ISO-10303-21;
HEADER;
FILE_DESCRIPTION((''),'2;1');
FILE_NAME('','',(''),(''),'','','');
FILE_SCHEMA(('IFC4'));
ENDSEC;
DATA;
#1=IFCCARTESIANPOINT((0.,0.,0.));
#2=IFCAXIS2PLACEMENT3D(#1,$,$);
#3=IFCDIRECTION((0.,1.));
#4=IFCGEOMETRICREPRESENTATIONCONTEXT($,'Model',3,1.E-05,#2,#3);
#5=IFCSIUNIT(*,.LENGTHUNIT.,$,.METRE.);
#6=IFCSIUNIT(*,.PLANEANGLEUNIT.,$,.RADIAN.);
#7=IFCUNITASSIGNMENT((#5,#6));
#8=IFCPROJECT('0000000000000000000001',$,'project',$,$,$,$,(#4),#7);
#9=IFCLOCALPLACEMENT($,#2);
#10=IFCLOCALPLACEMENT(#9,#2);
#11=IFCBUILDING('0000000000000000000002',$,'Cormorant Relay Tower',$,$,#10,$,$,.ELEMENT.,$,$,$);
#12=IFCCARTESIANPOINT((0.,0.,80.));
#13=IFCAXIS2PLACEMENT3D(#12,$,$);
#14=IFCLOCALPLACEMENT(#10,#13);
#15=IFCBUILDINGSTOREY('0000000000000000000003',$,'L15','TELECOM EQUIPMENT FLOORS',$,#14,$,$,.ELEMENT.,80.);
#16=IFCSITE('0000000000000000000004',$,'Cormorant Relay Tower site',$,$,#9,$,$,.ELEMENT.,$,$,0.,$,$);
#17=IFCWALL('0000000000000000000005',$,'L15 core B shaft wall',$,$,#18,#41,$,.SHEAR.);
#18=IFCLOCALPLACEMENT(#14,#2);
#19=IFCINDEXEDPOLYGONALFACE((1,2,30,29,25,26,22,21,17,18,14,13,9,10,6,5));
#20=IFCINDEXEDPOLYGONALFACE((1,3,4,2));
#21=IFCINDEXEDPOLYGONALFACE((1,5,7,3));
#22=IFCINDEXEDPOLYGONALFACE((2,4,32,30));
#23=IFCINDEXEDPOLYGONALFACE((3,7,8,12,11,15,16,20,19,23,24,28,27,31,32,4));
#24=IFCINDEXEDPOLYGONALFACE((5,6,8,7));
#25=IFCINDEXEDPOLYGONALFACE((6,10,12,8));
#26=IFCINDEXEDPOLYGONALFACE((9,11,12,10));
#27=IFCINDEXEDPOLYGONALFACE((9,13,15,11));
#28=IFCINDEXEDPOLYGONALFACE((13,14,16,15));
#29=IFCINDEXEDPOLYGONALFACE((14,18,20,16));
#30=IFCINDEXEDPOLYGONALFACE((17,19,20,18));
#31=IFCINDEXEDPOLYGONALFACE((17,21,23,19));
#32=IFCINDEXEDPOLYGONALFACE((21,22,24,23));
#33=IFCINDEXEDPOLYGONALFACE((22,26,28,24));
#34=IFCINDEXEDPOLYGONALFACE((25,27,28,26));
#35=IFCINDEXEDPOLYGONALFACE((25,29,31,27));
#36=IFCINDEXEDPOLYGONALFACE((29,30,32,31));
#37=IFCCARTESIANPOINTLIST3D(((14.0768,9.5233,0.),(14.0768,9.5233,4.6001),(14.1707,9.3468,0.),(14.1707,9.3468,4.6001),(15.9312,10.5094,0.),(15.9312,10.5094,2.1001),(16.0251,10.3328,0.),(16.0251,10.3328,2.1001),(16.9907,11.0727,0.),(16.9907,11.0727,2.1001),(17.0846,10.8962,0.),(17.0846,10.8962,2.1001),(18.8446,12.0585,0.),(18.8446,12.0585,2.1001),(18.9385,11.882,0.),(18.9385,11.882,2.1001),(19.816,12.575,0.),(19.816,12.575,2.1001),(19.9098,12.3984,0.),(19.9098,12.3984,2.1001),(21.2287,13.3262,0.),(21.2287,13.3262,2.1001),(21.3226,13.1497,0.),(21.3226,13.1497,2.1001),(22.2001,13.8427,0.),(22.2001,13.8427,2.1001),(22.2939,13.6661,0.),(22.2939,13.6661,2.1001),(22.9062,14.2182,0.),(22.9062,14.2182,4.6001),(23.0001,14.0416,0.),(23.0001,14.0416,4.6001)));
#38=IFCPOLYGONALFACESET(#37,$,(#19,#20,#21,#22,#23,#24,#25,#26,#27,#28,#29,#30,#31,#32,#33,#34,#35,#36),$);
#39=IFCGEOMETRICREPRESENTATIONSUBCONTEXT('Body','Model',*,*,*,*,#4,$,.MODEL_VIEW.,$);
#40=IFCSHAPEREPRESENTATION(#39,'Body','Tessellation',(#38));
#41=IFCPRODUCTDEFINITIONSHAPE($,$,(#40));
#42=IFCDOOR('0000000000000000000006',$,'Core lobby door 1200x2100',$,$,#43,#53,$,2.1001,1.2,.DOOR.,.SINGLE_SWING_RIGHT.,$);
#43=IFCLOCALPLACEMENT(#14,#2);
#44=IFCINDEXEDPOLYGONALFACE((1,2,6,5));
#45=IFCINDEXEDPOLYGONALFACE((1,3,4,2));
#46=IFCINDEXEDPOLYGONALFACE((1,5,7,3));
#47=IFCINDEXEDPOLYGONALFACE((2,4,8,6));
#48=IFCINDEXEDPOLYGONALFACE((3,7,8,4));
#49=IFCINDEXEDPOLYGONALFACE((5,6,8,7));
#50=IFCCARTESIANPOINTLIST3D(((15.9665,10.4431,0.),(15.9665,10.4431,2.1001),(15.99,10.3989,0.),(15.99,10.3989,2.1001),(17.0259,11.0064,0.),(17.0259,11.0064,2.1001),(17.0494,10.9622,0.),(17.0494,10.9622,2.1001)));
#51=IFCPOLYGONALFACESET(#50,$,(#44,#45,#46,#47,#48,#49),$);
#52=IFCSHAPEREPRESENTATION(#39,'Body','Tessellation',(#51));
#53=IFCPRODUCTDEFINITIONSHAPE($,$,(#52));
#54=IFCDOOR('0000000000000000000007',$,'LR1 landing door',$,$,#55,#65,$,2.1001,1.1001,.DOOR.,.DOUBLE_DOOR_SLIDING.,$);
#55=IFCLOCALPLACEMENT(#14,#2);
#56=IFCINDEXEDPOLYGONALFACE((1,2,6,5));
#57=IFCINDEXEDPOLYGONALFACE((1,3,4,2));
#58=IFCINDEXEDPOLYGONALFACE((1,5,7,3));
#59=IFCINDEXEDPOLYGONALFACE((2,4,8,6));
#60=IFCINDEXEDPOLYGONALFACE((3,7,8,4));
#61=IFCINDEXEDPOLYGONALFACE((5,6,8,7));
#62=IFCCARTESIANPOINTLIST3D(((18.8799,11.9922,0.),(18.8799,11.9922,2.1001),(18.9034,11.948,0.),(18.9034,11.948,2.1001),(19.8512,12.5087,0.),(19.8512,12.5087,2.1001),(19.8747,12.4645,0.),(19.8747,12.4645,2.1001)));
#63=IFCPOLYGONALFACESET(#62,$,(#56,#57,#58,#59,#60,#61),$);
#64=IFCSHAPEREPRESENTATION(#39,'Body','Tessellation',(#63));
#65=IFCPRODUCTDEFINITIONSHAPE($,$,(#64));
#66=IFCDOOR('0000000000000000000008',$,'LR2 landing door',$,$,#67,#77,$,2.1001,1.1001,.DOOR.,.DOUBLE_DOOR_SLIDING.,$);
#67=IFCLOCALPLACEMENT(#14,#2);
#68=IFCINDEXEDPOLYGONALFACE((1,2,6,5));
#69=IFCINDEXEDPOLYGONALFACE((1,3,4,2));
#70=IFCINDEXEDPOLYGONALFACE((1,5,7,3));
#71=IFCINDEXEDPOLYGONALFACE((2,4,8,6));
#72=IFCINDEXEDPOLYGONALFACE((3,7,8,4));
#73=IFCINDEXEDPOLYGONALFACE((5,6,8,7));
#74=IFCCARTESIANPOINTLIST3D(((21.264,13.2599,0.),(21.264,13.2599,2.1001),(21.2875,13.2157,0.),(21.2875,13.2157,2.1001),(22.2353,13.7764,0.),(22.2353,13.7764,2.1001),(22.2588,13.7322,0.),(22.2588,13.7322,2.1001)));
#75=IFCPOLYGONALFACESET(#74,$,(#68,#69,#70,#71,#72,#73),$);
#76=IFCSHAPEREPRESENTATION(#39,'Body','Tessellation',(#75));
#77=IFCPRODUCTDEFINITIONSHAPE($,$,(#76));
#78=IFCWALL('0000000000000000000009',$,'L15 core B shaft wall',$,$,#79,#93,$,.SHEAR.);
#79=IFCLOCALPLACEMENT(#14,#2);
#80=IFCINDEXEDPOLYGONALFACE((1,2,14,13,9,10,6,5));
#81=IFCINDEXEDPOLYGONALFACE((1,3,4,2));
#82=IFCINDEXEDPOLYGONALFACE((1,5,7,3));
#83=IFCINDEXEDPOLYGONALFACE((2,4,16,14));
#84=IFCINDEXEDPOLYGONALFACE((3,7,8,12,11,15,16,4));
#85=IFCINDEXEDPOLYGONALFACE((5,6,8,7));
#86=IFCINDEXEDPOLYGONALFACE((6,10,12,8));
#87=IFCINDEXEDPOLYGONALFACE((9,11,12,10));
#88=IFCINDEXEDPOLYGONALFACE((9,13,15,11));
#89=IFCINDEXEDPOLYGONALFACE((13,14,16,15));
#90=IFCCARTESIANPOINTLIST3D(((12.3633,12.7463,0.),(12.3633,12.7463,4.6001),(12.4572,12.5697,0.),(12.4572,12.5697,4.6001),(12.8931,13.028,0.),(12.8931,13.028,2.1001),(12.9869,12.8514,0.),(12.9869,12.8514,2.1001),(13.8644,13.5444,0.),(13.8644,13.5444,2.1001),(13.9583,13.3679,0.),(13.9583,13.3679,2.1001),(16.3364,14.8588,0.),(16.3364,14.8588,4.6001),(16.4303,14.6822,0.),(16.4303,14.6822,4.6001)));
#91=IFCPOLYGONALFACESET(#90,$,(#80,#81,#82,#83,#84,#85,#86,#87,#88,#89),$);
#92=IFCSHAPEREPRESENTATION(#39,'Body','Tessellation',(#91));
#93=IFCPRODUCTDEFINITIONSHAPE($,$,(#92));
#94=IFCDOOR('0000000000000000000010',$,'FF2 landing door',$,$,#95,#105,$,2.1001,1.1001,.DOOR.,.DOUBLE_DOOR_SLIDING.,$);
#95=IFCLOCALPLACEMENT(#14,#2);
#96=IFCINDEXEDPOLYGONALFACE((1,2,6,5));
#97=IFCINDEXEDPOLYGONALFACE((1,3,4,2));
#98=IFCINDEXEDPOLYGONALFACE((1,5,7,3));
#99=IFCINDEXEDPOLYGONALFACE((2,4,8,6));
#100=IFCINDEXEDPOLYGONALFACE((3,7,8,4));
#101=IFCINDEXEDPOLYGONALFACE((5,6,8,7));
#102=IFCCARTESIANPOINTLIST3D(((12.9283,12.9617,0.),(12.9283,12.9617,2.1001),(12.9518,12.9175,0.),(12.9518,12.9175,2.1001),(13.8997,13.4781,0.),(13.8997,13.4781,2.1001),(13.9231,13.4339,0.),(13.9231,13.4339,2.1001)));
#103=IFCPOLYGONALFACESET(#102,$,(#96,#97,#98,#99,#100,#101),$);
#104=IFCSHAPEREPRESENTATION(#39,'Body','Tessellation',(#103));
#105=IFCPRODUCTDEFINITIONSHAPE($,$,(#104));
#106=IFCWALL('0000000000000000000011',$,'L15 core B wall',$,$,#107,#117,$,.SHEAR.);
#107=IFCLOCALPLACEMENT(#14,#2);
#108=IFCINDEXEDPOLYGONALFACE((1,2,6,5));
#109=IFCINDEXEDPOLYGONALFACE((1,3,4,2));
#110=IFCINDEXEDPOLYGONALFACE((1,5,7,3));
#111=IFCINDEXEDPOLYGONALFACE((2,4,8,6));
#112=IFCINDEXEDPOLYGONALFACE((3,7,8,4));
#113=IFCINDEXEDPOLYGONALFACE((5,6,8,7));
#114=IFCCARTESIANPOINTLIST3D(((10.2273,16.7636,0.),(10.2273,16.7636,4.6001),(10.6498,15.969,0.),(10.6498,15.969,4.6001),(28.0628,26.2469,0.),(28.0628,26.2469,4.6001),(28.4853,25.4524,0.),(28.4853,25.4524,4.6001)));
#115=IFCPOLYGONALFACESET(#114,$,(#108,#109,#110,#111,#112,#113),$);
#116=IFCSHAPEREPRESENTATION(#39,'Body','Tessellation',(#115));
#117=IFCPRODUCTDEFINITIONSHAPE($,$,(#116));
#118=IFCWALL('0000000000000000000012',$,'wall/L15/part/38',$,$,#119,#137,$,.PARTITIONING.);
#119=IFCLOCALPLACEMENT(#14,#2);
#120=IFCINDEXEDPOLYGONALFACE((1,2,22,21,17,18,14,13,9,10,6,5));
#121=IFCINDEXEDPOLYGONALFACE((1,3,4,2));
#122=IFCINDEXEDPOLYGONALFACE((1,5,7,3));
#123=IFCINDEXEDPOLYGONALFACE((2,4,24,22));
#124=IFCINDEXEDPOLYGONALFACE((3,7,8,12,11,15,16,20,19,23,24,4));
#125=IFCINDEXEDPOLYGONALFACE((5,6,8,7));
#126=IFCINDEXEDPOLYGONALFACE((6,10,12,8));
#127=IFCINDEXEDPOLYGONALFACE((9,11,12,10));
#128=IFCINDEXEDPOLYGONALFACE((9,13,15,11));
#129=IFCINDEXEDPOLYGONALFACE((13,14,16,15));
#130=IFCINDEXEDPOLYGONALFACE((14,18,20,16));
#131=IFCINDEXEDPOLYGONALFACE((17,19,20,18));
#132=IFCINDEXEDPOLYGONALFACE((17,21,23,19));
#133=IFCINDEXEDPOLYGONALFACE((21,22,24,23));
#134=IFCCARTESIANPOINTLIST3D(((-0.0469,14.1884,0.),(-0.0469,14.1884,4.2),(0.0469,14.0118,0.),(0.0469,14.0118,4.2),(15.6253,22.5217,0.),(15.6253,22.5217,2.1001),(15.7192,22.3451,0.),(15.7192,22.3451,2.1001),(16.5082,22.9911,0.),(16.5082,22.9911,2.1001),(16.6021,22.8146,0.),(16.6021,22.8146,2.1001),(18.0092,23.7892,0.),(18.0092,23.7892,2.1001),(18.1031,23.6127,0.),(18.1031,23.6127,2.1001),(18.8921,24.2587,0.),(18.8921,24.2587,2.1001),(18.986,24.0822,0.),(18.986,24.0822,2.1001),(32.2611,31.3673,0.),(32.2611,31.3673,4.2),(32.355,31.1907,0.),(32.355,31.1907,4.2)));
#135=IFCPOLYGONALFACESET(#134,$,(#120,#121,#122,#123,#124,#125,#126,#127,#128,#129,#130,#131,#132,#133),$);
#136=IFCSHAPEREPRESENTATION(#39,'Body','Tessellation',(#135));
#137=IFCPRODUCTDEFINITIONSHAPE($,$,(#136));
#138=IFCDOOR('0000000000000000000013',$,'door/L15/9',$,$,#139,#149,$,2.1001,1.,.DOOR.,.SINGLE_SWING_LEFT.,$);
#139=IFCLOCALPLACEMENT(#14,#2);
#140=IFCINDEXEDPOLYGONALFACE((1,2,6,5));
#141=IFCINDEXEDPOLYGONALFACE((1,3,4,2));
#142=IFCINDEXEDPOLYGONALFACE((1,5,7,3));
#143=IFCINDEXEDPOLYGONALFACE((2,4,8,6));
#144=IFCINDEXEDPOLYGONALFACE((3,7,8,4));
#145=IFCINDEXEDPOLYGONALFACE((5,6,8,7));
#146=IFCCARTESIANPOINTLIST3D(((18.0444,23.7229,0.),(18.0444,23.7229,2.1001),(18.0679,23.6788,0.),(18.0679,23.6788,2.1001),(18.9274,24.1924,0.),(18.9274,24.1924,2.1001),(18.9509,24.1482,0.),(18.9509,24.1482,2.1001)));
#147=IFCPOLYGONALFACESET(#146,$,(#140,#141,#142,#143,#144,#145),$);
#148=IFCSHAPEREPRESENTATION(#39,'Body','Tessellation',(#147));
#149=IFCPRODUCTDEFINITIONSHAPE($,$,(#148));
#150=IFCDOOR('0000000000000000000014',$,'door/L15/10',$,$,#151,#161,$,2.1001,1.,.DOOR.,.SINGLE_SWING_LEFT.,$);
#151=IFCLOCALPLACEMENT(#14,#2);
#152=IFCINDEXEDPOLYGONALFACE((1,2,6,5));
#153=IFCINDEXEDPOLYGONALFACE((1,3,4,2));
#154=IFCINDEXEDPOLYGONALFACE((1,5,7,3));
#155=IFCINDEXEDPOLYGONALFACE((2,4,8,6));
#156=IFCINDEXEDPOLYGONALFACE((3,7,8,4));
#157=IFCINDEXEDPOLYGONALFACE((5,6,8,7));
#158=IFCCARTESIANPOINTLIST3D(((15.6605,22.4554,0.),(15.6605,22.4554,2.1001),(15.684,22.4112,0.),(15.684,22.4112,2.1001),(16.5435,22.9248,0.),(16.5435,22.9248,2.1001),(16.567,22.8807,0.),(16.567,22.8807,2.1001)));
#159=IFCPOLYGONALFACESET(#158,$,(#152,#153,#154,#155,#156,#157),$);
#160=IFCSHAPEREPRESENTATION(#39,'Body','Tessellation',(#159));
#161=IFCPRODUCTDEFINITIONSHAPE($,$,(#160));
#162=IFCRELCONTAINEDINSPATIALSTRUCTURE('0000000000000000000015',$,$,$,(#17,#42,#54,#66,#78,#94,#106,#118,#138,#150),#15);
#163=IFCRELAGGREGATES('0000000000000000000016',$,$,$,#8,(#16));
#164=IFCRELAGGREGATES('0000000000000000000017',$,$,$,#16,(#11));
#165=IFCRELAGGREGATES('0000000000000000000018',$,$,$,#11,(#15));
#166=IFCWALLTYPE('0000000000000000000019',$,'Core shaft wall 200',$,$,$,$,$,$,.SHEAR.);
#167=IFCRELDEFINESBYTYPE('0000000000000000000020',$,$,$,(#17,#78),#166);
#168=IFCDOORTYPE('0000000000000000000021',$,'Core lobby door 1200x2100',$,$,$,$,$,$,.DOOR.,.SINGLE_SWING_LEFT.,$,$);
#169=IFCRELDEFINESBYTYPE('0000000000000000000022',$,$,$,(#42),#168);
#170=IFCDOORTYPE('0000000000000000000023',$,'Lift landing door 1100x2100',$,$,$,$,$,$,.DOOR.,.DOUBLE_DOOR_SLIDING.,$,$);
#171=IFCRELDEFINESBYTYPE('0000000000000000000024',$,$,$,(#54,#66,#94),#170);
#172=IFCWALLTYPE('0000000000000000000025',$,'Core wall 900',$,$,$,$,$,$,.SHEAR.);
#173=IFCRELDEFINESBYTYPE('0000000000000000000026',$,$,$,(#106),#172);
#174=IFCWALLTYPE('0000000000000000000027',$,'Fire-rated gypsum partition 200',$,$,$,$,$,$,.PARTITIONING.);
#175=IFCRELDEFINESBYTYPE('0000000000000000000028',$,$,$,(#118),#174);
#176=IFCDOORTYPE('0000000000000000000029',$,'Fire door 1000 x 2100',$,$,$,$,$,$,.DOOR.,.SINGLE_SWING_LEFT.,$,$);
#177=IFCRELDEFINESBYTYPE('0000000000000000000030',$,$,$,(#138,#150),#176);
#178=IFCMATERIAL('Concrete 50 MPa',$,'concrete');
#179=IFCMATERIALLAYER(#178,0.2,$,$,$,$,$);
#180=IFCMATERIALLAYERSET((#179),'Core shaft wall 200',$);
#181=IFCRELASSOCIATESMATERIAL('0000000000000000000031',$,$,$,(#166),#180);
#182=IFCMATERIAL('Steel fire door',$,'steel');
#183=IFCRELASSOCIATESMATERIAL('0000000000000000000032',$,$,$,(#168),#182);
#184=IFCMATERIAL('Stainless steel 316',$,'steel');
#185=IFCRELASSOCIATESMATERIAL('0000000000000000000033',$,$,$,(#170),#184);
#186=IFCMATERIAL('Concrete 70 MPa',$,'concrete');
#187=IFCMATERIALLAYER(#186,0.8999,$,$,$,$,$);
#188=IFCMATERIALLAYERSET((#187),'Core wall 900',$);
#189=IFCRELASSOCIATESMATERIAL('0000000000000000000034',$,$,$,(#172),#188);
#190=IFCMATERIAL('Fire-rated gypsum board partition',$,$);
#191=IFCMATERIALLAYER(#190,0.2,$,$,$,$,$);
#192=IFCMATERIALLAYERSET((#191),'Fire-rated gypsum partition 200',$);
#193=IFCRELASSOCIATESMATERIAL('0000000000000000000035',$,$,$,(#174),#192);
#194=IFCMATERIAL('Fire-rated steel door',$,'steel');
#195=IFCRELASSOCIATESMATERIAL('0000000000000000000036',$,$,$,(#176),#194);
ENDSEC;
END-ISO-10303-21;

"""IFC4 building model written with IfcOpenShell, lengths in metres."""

from ifc_helpers import new_model, si_unit, direction, frame, frame_2d, origin, place, context, subcontext, project, spatial, rectangle, extrude, material, layer, layer_set, type_object, element, fill, save


model = new_model("IFC4")

# Units and contexts
model_context = context("Model", 3, precision=1e-05, world=origin(), true_north=direction((0.0, 1.0)))
body_context = subcontext(model_context, "Body", "Model", "MODEL_VIEW")
ifc_project = project(units=[si_unit("LENGTHUNIT", "METRE"), si_unit("PLANEANGLEUNIT", "RADIAN")], contexts=[model_context])

# Site, building, storey
site_placement = place(None, origin())
site = spatial("IfcSite", under=ifc_project, at=site_placement, Name="Cormorant Relay Tower site", CompositionType="ELEMENT", RefElevation=0.0)
building_placement = place(site_placement, origin())
building = spatial("IfcBuilding", under=site, at=building_placement, Name="Cormorant Relay Tower", CompositionType="ELEMENT")
storey_placement = place(building_placement, frame((0.0, 0.0, 80.0)))
storey = spatial("IfcBuildingStorey", under=building, at=storey_placement, Name="L15", Description="TELECOM EQUIPMENT FLOORS", CompositionType="ELEMENT", Elevation=80.0)

# Shared definitions
ifc_material_1 = material(Name="Concrete 50 MPa", Category="concrete")
ifc_layer_1 = layer(ifc_material_1, 0.2)
ifc_layer_set_1 = layer_set([ifc_layer_1], Name="Core shaft wall 200")
wall_type_1 = type_object("IfcWallType", Name="Core shaft wall 200", PredefinedType="SHEAR", material=ifc_layer_set_1)

# Wall, openings, doors
wall_1_placement = place(storey_placement, frame((14.1238, 9.4351, 0.0), z_axis=(0.0, 0.0, 1.0), x_axis=(0.88294, 0.469485, 0.0)))
wall_1 = element("IfcWall", 1, at=wall_1_placement, inside=storey, type_object=wall_type_1, Name="L15 core B shaft wall", PredefinedType="SHEAR", context=body_context, shape_type="SweptSolid", body=[
    extrude(rectangle(XDim=10.0, YDim=0.2, at=frame_2d((5.0, 0.0))), origin(), (0.0, 0.0, 1.0), 4.6001),
])
opening_1_placement = place(wall_1_placement, frame((2.1001, 0.0, 0.0)))
opening_1 = element("IfcOpeningElement", 2, at=opening_1_placement, cuts=wall_1, PredefinedType="OPENING", context=body_context, shape_type="SweptSolid", body=[
    extrude(rectangle(XDim=1.2, YDim=2.1001, at=frame_2d((0.6001, 1.05))), frame((0.0, 0.1099, 0.0), z_axis=(0.0, -1.0, 0.0), x_axis=(1.0, 0.0, 0.0)), (0.0, 0.0, 1.0), 0.22),
])
opening_2_placement = place(wall_1_placement, frame((5.3999, 0.0, 0.0)))
opening_2 = element("IfcOpeningElement", 3, at=opening_2_placement, cuts=wall_1, PredefinedType="OPENING", context=body_context, shape_type="SweptSolid", body=[
    extrude(rectangle(XDim=1.1001, YDim=2.1001, at=frame_2d((0.55, 1.05))), frame((0.0, 0.1099, 0.0), z_axis=(0.0, -1.0, 0.0), x_axis=(1.0, 0.0, 0.0)), (0.0, 0.0, 1.0), 0.22),
])
opening_3_placement = place(wall_1_placement, frame((8.1001, 0.0, 0.0)))
opening_3 = element("IfcOpeningElement", 4, at=opening_3_placement, cuts=wall_1, PredefinedType="OPENING", context=body_context, shape_type="SweptSolid", body=[
    extrude(rectangle(XDim=1.1001, YDim=2.1001, at=frame_2d((0.55, 1.05))), frame((0.0, 0.1099, 0.0), z_axis=(0.0, -1.0, 0.0), x_axis=(1.0, 0.0, 0.0)), (0.0, 0.0, 1.0), 0.22),
])
ifc_material_2 = material(Name="Steel fire door", Category="steel")
door_type_1 = type_object("IfcDoorType", Name="Core lobby door 1200x2100", OperationType="SINGLE_SWING_LEFT", PredefinedType="DOOR", material=ifc_material_2)
door_1_placement = place(opening_1_placement, origin())
door_1 = element("IfcDoor", 5, at=door_1_placement, inside=storey, type_object=door_type_1, Name="Core lobby door 1200x2100", OperationType="SINGLE_SWING_RIGHT", OverallHeight=2.1001, OverallWidth=1.2, PredefinedType="DOOR", context=body_context, shape_type="SweptSolid", body=[
    extrude(rectangle(XDim=1.2, YDim=2.1001, at=frame_2d((0.6001, 1.05))), frame((0.0, 0.0249, 0.0), z_axis=(0.0, -1.0, 0.0), x_axis=(1.0, 0.0, 0.0)), (0.0, 0.0, 1.0), 0.05),
])
fill(opening_1, door_1)
ifc_material_3 = material(Name="Stainless steel 316", Category="steel")
door_type_2 = type_object("IfcDoorType", Name="Lift landing door 1100x2100", OperationType="DOUBLE_DOOR_SLIDING", PredefinedType="DOOR", material=ifc_material_3)
door_2_placement = place(opening_2_placement, origin())
door_2 = element("IfcDoor", 6, at=door_2_placement, inside=storey, type_object=door_type_2, Name="LR1 landing door", OperationType="DOUBLE_DOOR_SLIDING", OverallHeight=2.1001, OverallWidth=1.1001, PredefinedType="DOOR", context=body_context, shape_type="SweptSolid", body=[
    extrude(rectangle(XDim=1.1001, YDim=2.1001, at=frame_2d((0.55, 1.05))), frame((0.0, 0.0249, 0.0), z_axis=(0.0, -1.0, 0.0), x_axis=(1.0, 0.0, 0.0)), (0.0, 0.0, 1.0), 0.05),
])
fill(opening_2, door_2)
door_3_placement = place(opening_3_placement, origin())
door_3 = element("IfcDoor", 7, at=door_3_placement, inside=storey, type_object=door_type_2, Name="LR2 landing door", OperationType="DOUBLE_DOOR_SLIDING", OverallHeight=2.1001, OverallWidth=1.1001, PredefinedType="DOOR", context=body_context, shape_type="SweptSolid", body=[
    extrude(rectangle(XDim=1.1001, YDim=2.1001, at=frame_2d((0.55, 1.05))), frame((0.0, 0.0249, 0.0), z_axis=(0.0, -1.0, 0.0), x_axis=(1.0, 0.0, 0.0)), (0.0, 0.0, 1.0), 0.05),
])
fill(opening_3, door_3)

# Wall, opening, door
wall_2_placement = place(storey_placement, frame((12.4102, 12.658, 0.0), z_axis=(0.0, 0.0, 1.0), x_axis=(0.882948, 0.46947, 0.0)))
wall_2 = element("IfcWall", 8, at=wall_2_placement, inside=storey, type_object=wall_type_1, Name="L15 core B shaft wall", PredefinedType="SHEAR", context=body_context, shape_type="SweptSolid", body=[
    extrude(rectangle(XDim=4.4998, YDim=0.2, at=frame_2d((2.25, 0.0))), origin(), (0.0, 0.0, 1.0), 4.6001),
])
opening_4_placement = place(wall_2_placement, frame((0.6001, 0.0, 0.0)))
opening_4 = element("IfcOpeningElement", 9, at=opening_4_placement, cuts=wall_2, PredefinedType="OPENING", context=body_context, shape_type="SweptSolid", body=[
    extrude(rectangle(XDim=1.1001, YDim=2.1001, at=frame_2d((0.55, 1.05))), frame((0.0, 0.1099, 0.0), z_axis=(0.0, -1.0, 0.0), x_axis=(1.0, 0.0, 0.0)), (0.0, 0.0, 1.0), 0.22),
])
door_4_placement = place(opening_4_placement, origin())
door_4 = element("IfcDoor", 10, at=door_4_placement, inside=storey, type_object=door_type_2, Name="FF2 landing door", OperationType="DOUBLE_DOOR_SLIDING", OverallHeight=2.1001, OverallWidth=1.1001, PredefinedType="DOOR", context=body_context, shape_type="SweptSolid", body=[
    extrude(rectangle(XDim=1.1001, YDim=2.1001, at=frame_2d((0.55, 1.05))), frame((0.0, 0.0249, 0.0), z_axis=(0.0, -1.0, 0.0), x_axis=(1.0, 0.0, 0.0)), (0.0, 0.0, 1.0), 0.05),
])
fill(opening_4, door_4)

# Wall
ifc_material_4 = material(Name="Concrete 70 MPa", Category="concrete")
ifc_layer_2 = layer(ifc_material_4, 0.8999)
ifc_layer_set_2 = layer_set([ifc_layer_2], Name="Core wall 900")
wall_type_2 = type_object("IfcWallType", Name="Core wall 900", PredefinedType="SHEAR", material=ifc_layer_set_2)
wall_3_placement = place(storey_placement, frame((10.4385, 16.3662, 0.0), z_axis=(0.0, 0.0, 1.0), x_axis=(0.882945, 0.469476, 0.0)))
element("IfcWall", 11, at=wall_3_placement, inside=storey, type_object=wall_type_2, Name="L15 core B wall", PredefinedType="SHEAR", context=body_context, shape_type="SweptSolid", body=[
    extrude(rectangle(XDim=20.2, YDim=0.8999, at=frame_2d((10.1001, 0.0))), origin(), (0.0, 0.0, 1.0), 4.6001),
])

# Wall, openings, doors
ifc_material_5 = material(Name="Fire-rated gypsum board partition")
ifc_layer_3 = layer(ifc_material_5, 0.2)
ifc_layer_set_3 = layer_set([ifc_layer_3], Name="Fire-rated gypsum partition 200")
wall_type_3 = type_object("IfcWallType", Name="Fire-rated gypsum partition 200", PredefinedType="PARTITIONING", material=ifc_layer_set_3)
wall_4_placement = place(storey_placement, frame((0.0, 14.1001, 0.0), z_axis=(0.0, 0.0, 1.0), x_axis=(0.882943, 0.469481, 0.0)))
wall_4 = element("IfcWall", 12, at=wall_4_placement, inside=storey, type_object=wall_type_3, Name="wall/L15/part/38", PredefinedType="PARTITIONING", context=body_context, shape_type="SweptSolid", body=[
    extrude(rectangle(XDim=36.5913, YDim=0.2, at=frame_2d((18.2957, 0.0))), origin(), (0.0, 0.0, 1.0), 4.2),
])
opening_5_placement = place(wall_4_placement, frame((20.45, 0.0, 0.0)))
opening_5 = element("IfcOpeningElement", 13, at=opening_5_placement, cuts=wall_4, PredefinedType="OPENING", context=body_context, shape_type="SweptSolid", body=[
    extrude(rectangle(XDim=1.0, YDim=2.1001, at=frame_2d((0.5, 1.05))), frame((0.0, 0.1099, 0.0), z_axis=(0.0, -1.0, 0.0), x_axis=(1.0, 0.0, 0.0)), (0.0, 0.0, 1.0), 0.22),
])
opening_6_placement = place(wall_4_placement, frame((17.75, 0.0, 0.0)))
opening_6 = element("IfcOpeningElement", 14, at=opening_6_placement, cuts=wall_4, PredefinedType="OPENING", context=body_context, shape_type="SweptSolid", body=[
    extrude(rectangle(XDim=1.0, YDim=2.1001, at=frame_2d((0.5, 1.05))), frame((0.0, 0.1099, 0.0), z_axis=(0.0, -1.0, 0.0), x_axis=(1.0, 0.0, 0.0)), (0.0, 0.0, 1.0), 0.22),
])
ifc_material_6 = material(Name="Fire-rated steel door", Category="steel")
door_type_3 = type_object("IfcDoorType", Name="Fire door 1000 x 2100", OperationType="SINGLE_SWING_LEFT", PredefinedType="DOOR", material=ifc_material_6)
door_5_placement = place(opening_5_placement, origin())
door_5 = element("IfcDoor", 15, at=door_5_placement, inside=storey, type_object=door_type_3, Name="door/L15/9", OperationType="SINGLE_SWING_LEFT", OverallHeight=2.1001, OverallWidth=1.0, PredefinedType="DOOR", context=body_context, shape_type="SweptSolid", body=[
    extrude(rectangle(XDim=1.0, YDim=2.1001, at=frame_2d((0.5, 1.05))), frame((0.0, 0.0249, 0.0), z_axis=(0.0, -1.0, 0.0), x_axis=(1.0, 0.0, 0.0)), (0.0, 0.0, 1.0), 0.05),
])
fill(opening_5, door_5)
door_6_placement = place(opening_6_placement, origin())
door_6 = element("IfcDoor", 16, at=door_6_placement, inside=storey, type_object=door_type_3, Name="door/L15/10", OperationType="SINGLE_SWING_LEFT", OverallHeight=2.1001, OverallWidth=1.0, PredefinedType="DOOR", context=body_context, shape_type="SweptSolid", body=[
    extrude(rectangle(XDim=1.0, YDim=2.1001, at=frame_2d((0.5, 1.05))), frame((0.0, 0.0249, 0.0), z_axis=(0.0, -1.0, 0.0), x_axis=(1.0, 0.0, 0.0)), (0.0, 0.0, 1.0), 0.05),
])
fill(opening_6, door_6)

save(model, "model.ifc")
